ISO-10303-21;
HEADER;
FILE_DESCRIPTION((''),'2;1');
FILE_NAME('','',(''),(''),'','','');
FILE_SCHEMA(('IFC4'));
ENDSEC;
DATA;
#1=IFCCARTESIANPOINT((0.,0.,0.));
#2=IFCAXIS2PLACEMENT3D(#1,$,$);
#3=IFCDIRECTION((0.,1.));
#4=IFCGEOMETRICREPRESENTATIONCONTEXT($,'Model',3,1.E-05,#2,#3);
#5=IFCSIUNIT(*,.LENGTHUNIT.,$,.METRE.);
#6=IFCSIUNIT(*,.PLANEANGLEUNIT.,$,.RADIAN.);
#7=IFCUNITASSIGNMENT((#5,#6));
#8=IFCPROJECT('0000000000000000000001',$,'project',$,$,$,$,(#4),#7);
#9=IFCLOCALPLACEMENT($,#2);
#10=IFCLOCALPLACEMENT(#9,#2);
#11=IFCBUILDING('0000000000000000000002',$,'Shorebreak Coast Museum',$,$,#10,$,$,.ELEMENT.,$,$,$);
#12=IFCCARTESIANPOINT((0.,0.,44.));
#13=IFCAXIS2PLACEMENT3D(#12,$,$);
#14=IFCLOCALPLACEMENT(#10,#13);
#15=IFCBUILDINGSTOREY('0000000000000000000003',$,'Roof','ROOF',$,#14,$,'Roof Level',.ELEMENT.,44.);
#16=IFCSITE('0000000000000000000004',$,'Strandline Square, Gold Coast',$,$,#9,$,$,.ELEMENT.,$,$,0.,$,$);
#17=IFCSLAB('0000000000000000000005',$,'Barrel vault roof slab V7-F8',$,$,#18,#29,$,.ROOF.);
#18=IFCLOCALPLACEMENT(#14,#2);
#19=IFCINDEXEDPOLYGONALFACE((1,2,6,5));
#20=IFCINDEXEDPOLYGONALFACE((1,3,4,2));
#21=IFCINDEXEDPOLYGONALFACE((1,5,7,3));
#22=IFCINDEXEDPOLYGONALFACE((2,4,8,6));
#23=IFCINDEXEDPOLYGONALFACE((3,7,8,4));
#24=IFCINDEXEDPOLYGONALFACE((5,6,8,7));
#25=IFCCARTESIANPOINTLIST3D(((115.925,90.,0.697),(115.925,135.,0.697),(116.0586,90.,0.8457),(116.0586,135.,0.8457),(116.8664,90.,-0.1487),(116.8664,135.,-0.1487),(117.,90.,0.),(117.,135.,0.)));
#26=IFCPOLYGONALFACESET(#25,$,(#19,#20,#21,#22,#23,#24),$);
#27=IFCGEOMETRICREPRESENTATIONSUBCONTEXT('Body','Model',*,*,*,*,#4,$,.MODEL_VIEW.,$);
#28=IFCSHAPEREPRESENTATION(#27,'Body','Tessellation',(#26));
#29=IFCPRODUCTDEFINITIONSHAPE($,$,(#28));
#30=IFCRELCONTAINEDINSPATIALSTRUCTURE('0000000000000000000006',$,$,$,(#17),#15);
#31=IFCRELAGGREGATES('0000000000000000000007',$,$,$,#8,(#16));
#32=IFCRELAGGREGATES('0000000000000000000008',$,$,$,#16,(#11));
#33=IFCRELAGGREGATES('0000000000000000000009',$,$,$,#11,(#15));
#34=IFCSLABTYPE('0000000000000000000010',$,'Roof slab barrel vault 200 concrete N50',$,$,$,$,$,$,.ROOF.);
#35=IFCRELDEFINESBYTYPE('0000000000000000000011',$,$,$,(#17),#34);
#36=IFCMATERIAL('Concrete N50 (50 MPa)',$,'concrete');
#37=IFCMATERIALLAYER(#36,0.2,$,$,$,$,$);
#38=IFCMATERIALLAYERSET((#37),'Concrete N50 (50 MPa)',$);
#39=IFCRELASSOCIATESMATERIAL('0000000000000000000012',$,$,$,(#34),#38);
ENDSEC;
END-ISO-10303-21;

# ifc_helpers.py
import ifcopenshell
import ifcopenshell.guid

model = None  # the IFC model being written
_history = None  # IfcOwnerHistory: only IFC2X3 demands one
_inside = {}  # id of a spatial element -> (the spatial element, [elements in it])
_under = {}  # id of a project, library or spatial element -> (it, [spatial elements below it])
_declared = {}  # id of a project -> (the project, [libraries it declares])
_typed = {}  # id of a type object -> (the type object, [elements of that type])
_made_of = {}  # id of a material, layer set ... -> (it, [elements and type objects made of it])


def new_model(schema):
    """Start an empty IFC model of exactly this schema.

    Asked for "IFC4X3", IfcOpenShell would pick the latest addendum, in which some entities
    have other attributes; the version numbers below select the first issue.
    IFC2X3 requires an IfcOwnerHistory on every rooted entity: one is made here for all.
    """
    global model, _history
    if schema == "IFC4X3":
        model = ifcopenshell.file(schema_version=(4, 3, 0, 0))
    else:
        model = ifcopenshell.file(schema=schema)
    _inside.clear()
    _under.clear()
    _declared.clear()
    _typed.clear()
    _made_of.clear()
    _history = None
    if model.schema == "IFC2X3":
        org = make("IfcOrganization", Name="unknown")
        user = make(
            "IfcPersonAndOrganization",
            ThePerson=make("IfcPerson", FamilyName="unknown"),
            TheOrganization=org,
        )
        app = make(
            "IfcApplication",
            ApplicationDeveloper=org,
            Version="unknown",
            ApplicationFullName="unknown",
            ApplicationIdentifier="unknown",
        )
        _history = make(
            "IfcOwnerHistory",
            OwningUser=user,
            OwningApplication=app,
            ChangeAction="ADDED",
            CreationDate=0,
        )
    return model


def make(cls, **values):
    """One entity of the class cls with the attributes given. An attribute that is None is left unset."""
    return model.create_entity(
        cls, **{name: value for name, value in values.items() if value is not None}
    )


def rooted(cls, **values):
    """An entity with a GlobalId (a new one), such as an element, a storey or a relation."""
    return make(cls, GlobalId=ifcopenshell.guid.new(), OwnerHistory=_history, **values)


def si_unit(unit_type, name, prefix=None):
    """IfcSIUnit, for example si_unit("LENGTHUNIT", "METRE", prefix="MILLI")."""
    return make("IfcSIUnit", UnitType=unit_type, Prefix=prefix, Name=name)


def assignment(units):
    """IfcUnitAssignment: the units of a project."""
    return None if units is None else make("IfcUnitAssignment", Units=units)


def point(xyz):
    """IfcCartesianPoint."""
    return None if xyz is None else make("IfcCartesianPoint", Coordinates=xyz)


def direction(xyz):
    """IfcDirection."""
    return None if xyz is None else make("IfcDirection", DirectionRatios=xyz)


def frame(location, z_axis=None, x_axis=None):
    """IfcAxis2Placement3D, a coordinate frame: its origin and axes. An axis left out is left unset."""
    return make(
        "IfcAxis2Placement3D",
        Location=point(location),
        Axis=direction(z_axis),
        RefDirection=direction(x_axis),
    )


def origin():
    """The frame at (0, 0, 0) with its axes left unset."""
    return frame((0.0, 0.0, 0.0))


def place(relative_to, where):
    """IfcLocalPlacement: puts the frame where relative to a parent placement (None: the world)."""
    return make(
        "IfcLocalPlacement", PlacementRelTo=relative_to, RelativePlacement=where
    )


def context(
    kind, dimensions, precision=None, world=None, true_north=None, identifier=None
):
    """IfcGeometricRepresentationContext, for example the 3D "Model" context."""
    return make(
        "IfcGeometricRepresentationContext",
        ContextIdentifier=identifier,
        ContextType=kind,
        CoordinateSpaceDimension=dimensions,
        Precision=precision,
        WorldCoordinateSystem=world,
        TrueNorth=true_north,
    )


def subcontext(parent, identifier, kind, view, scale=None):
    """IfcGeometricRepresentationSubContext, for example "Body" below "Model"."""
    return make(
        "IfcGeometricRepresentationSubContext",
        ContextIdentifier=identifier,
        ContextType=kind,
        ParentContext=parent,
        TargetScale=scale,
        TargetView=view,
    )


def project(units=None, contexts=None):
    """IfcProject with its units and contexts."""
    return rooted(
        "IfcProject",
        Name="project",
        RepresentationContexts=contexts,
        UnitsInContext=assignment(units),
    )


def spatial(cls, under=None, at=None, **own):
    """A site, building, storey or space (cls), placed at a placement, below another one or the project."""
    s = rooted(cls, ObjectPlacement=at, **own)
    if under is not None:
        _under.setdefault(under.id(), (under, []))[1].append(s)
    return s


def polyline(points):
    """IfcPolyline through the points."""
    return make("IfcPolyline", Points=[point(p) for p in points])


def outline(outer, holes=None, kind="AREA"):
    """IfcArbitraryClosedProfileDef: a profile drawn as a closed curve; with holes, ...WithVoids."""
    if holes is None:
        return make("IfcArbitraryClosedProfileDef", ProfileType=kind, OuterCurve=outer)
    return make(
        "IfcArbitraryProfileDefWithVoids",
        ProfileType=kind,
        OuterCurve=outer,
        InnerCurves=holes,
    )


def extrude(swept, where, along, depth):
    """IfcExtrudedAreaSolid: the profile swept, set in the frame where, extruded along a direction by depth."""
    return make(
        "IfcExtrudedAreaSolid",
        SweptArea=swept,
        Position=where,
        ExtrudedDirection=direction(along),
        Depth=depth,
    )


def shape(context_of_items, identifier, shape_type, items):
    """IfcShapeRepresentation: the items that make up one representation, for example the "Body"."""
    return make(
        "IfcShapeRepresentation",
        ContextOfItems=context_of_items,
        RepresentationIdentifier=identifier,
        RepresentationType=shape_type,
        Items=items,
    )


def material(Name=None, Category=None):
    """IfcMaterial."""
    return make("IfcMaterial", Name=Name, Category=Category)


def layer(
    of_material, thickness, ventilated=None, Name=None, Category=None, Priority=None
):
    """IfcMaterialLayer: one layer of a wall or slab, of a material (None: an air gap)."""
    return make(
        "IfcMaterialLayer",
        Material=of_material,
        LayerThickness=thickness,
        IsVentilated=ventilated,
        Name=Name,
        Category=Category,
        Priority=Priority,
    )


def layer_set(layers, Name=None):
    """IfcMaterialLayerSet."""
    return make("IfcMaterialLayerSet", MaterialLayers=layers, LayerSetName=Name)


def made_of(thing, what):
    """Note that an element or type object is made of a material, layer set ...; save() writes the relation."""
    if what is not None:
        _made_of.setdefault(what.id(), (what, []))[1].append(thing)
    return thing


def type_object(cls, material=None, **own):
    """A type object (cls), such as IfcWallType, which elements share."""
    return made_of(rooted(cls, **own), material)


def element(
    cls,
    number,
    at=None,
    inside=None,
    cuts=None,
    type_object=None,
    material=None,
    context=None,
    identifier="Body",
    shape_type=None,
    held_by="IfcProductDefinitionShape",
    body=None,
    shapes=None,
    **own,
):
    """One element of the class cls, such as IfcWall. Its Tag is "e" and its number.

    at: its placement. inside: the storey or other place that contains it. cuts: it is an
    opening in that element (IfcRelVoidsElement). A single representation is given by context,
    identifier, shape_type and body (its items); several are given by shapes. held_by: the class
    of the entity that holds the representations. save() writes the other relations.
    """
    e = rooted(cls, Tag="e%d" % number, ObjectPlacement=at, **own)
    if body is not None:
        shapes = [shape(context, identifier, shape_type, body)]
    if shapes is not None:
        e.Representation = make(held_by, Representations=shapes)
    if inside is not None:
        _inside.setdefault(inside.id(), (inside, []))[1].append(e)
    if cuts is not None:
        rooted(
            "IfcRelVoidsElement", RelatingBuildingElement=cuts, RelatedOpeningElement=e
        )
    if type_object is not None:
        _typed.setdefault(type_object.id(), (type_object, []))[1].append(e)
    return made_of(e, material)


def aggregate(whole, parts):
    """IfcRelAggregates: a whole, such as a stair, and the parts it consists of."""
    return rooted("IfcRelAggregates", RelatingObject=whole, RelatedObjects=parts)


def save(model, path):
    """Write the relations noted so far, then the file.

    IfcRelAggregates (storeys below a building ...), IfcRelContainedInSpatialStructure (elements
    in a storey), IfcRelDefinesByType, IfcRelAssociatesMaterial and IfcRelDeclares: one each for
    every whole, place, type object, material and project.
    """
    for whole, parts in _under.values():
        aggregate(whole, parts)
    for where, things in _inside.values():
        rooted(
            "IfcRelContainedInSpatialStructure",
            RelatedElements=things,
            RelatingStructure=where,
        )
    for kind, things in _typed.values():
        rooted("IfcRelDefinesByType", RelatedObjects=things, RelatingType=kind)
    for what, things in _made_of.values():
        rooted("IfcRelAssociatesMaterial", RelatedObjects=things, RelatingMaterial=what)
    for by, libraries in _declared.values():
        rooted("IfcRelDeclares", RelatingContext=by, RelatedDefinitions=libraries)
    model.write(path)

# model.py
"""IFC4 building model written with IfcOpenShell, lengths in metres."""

from ifc_helpers import new_model, si_unit, direction, frame, origin, place, context, subcontext, project, spatial, polyline, outline, extrude, material, layer, layer_set, type_object, element, save


model = new_model("IFC4")

# Units and contexts
model_context = context("Model", 3, precision=1e-05, world=origin(), true_north=direction((0.0, 1.0)))
body_context = subcontext(model_context, "Body", "Model", "MODEL_VIEW")
ifc_project = project(units=[si_unit("LENGTHUNIT", "METRE"), si_unit("PLANEANGLEUNIT", "RADIAN")], contexts=[model_context])

# Site, building, storey
site_placement = place(None, origin())
site = spatial("IfcSite", under=ifc_project, at=site_placement, Name="Strandline Square, Gold Coast", CompositionType="ELEMENT", RefElevation=0.0)
building_placement = place(site_placement, origin())
building = spatial("IfcBuilding", under=site, at=building_placement, Name="Shorebreak Coast Museum", CompositionType="ELEMENT")
storey_placement = place(building_placement, frame((0.0, 0.0, 44.0)))
storey = spatial("IfcBuildingStorey", under=building, at=storey_placement, Name="Roof", Description="ROOF", LongName="Roof Level", CompositionType="ELEMENT", Elevation=44.0)

# Slab
ifc_material_1 = material(Name="Concrete N50 (50 MPa)", Category="concrete")
ifc_layer = layer(ifc_material_1, 0.2)
ifc_layer_set = layer_set([ifc_layer], Name="Concrete N50 (50 MPa)")
slab_type = type_object("IfcSlabType", Name="Roof slab barrel vault 200 concrete N50", PredefinedType="ROOF", material=ifc_layer_set)
slab_1_placement = place(storey_placement, frame((116.0586, 90.0, 0.8457), z_axis=(0.668282, 0.0, 0.743908), x_axis=(0.743908, 0.0, -0.668282)))
element("IfcSlab", 1, at=slab_1_placement, inside=storey, type_object=slab_type, Name="Barrel vault roof slab V7-F8", PredefinedType="ROOF", context=body_context, shape_type="SweptSolid", body=[
    extrude(outline(polyline([(0.0, 0.0), (1.2655, 0.0), (1.2655, 45.0), (0.0, 45.0), (0.0, 0.0)])), origin(), (0.0, 0.0, -1.0), 0.2),
])

save(model, "model.ifc")
